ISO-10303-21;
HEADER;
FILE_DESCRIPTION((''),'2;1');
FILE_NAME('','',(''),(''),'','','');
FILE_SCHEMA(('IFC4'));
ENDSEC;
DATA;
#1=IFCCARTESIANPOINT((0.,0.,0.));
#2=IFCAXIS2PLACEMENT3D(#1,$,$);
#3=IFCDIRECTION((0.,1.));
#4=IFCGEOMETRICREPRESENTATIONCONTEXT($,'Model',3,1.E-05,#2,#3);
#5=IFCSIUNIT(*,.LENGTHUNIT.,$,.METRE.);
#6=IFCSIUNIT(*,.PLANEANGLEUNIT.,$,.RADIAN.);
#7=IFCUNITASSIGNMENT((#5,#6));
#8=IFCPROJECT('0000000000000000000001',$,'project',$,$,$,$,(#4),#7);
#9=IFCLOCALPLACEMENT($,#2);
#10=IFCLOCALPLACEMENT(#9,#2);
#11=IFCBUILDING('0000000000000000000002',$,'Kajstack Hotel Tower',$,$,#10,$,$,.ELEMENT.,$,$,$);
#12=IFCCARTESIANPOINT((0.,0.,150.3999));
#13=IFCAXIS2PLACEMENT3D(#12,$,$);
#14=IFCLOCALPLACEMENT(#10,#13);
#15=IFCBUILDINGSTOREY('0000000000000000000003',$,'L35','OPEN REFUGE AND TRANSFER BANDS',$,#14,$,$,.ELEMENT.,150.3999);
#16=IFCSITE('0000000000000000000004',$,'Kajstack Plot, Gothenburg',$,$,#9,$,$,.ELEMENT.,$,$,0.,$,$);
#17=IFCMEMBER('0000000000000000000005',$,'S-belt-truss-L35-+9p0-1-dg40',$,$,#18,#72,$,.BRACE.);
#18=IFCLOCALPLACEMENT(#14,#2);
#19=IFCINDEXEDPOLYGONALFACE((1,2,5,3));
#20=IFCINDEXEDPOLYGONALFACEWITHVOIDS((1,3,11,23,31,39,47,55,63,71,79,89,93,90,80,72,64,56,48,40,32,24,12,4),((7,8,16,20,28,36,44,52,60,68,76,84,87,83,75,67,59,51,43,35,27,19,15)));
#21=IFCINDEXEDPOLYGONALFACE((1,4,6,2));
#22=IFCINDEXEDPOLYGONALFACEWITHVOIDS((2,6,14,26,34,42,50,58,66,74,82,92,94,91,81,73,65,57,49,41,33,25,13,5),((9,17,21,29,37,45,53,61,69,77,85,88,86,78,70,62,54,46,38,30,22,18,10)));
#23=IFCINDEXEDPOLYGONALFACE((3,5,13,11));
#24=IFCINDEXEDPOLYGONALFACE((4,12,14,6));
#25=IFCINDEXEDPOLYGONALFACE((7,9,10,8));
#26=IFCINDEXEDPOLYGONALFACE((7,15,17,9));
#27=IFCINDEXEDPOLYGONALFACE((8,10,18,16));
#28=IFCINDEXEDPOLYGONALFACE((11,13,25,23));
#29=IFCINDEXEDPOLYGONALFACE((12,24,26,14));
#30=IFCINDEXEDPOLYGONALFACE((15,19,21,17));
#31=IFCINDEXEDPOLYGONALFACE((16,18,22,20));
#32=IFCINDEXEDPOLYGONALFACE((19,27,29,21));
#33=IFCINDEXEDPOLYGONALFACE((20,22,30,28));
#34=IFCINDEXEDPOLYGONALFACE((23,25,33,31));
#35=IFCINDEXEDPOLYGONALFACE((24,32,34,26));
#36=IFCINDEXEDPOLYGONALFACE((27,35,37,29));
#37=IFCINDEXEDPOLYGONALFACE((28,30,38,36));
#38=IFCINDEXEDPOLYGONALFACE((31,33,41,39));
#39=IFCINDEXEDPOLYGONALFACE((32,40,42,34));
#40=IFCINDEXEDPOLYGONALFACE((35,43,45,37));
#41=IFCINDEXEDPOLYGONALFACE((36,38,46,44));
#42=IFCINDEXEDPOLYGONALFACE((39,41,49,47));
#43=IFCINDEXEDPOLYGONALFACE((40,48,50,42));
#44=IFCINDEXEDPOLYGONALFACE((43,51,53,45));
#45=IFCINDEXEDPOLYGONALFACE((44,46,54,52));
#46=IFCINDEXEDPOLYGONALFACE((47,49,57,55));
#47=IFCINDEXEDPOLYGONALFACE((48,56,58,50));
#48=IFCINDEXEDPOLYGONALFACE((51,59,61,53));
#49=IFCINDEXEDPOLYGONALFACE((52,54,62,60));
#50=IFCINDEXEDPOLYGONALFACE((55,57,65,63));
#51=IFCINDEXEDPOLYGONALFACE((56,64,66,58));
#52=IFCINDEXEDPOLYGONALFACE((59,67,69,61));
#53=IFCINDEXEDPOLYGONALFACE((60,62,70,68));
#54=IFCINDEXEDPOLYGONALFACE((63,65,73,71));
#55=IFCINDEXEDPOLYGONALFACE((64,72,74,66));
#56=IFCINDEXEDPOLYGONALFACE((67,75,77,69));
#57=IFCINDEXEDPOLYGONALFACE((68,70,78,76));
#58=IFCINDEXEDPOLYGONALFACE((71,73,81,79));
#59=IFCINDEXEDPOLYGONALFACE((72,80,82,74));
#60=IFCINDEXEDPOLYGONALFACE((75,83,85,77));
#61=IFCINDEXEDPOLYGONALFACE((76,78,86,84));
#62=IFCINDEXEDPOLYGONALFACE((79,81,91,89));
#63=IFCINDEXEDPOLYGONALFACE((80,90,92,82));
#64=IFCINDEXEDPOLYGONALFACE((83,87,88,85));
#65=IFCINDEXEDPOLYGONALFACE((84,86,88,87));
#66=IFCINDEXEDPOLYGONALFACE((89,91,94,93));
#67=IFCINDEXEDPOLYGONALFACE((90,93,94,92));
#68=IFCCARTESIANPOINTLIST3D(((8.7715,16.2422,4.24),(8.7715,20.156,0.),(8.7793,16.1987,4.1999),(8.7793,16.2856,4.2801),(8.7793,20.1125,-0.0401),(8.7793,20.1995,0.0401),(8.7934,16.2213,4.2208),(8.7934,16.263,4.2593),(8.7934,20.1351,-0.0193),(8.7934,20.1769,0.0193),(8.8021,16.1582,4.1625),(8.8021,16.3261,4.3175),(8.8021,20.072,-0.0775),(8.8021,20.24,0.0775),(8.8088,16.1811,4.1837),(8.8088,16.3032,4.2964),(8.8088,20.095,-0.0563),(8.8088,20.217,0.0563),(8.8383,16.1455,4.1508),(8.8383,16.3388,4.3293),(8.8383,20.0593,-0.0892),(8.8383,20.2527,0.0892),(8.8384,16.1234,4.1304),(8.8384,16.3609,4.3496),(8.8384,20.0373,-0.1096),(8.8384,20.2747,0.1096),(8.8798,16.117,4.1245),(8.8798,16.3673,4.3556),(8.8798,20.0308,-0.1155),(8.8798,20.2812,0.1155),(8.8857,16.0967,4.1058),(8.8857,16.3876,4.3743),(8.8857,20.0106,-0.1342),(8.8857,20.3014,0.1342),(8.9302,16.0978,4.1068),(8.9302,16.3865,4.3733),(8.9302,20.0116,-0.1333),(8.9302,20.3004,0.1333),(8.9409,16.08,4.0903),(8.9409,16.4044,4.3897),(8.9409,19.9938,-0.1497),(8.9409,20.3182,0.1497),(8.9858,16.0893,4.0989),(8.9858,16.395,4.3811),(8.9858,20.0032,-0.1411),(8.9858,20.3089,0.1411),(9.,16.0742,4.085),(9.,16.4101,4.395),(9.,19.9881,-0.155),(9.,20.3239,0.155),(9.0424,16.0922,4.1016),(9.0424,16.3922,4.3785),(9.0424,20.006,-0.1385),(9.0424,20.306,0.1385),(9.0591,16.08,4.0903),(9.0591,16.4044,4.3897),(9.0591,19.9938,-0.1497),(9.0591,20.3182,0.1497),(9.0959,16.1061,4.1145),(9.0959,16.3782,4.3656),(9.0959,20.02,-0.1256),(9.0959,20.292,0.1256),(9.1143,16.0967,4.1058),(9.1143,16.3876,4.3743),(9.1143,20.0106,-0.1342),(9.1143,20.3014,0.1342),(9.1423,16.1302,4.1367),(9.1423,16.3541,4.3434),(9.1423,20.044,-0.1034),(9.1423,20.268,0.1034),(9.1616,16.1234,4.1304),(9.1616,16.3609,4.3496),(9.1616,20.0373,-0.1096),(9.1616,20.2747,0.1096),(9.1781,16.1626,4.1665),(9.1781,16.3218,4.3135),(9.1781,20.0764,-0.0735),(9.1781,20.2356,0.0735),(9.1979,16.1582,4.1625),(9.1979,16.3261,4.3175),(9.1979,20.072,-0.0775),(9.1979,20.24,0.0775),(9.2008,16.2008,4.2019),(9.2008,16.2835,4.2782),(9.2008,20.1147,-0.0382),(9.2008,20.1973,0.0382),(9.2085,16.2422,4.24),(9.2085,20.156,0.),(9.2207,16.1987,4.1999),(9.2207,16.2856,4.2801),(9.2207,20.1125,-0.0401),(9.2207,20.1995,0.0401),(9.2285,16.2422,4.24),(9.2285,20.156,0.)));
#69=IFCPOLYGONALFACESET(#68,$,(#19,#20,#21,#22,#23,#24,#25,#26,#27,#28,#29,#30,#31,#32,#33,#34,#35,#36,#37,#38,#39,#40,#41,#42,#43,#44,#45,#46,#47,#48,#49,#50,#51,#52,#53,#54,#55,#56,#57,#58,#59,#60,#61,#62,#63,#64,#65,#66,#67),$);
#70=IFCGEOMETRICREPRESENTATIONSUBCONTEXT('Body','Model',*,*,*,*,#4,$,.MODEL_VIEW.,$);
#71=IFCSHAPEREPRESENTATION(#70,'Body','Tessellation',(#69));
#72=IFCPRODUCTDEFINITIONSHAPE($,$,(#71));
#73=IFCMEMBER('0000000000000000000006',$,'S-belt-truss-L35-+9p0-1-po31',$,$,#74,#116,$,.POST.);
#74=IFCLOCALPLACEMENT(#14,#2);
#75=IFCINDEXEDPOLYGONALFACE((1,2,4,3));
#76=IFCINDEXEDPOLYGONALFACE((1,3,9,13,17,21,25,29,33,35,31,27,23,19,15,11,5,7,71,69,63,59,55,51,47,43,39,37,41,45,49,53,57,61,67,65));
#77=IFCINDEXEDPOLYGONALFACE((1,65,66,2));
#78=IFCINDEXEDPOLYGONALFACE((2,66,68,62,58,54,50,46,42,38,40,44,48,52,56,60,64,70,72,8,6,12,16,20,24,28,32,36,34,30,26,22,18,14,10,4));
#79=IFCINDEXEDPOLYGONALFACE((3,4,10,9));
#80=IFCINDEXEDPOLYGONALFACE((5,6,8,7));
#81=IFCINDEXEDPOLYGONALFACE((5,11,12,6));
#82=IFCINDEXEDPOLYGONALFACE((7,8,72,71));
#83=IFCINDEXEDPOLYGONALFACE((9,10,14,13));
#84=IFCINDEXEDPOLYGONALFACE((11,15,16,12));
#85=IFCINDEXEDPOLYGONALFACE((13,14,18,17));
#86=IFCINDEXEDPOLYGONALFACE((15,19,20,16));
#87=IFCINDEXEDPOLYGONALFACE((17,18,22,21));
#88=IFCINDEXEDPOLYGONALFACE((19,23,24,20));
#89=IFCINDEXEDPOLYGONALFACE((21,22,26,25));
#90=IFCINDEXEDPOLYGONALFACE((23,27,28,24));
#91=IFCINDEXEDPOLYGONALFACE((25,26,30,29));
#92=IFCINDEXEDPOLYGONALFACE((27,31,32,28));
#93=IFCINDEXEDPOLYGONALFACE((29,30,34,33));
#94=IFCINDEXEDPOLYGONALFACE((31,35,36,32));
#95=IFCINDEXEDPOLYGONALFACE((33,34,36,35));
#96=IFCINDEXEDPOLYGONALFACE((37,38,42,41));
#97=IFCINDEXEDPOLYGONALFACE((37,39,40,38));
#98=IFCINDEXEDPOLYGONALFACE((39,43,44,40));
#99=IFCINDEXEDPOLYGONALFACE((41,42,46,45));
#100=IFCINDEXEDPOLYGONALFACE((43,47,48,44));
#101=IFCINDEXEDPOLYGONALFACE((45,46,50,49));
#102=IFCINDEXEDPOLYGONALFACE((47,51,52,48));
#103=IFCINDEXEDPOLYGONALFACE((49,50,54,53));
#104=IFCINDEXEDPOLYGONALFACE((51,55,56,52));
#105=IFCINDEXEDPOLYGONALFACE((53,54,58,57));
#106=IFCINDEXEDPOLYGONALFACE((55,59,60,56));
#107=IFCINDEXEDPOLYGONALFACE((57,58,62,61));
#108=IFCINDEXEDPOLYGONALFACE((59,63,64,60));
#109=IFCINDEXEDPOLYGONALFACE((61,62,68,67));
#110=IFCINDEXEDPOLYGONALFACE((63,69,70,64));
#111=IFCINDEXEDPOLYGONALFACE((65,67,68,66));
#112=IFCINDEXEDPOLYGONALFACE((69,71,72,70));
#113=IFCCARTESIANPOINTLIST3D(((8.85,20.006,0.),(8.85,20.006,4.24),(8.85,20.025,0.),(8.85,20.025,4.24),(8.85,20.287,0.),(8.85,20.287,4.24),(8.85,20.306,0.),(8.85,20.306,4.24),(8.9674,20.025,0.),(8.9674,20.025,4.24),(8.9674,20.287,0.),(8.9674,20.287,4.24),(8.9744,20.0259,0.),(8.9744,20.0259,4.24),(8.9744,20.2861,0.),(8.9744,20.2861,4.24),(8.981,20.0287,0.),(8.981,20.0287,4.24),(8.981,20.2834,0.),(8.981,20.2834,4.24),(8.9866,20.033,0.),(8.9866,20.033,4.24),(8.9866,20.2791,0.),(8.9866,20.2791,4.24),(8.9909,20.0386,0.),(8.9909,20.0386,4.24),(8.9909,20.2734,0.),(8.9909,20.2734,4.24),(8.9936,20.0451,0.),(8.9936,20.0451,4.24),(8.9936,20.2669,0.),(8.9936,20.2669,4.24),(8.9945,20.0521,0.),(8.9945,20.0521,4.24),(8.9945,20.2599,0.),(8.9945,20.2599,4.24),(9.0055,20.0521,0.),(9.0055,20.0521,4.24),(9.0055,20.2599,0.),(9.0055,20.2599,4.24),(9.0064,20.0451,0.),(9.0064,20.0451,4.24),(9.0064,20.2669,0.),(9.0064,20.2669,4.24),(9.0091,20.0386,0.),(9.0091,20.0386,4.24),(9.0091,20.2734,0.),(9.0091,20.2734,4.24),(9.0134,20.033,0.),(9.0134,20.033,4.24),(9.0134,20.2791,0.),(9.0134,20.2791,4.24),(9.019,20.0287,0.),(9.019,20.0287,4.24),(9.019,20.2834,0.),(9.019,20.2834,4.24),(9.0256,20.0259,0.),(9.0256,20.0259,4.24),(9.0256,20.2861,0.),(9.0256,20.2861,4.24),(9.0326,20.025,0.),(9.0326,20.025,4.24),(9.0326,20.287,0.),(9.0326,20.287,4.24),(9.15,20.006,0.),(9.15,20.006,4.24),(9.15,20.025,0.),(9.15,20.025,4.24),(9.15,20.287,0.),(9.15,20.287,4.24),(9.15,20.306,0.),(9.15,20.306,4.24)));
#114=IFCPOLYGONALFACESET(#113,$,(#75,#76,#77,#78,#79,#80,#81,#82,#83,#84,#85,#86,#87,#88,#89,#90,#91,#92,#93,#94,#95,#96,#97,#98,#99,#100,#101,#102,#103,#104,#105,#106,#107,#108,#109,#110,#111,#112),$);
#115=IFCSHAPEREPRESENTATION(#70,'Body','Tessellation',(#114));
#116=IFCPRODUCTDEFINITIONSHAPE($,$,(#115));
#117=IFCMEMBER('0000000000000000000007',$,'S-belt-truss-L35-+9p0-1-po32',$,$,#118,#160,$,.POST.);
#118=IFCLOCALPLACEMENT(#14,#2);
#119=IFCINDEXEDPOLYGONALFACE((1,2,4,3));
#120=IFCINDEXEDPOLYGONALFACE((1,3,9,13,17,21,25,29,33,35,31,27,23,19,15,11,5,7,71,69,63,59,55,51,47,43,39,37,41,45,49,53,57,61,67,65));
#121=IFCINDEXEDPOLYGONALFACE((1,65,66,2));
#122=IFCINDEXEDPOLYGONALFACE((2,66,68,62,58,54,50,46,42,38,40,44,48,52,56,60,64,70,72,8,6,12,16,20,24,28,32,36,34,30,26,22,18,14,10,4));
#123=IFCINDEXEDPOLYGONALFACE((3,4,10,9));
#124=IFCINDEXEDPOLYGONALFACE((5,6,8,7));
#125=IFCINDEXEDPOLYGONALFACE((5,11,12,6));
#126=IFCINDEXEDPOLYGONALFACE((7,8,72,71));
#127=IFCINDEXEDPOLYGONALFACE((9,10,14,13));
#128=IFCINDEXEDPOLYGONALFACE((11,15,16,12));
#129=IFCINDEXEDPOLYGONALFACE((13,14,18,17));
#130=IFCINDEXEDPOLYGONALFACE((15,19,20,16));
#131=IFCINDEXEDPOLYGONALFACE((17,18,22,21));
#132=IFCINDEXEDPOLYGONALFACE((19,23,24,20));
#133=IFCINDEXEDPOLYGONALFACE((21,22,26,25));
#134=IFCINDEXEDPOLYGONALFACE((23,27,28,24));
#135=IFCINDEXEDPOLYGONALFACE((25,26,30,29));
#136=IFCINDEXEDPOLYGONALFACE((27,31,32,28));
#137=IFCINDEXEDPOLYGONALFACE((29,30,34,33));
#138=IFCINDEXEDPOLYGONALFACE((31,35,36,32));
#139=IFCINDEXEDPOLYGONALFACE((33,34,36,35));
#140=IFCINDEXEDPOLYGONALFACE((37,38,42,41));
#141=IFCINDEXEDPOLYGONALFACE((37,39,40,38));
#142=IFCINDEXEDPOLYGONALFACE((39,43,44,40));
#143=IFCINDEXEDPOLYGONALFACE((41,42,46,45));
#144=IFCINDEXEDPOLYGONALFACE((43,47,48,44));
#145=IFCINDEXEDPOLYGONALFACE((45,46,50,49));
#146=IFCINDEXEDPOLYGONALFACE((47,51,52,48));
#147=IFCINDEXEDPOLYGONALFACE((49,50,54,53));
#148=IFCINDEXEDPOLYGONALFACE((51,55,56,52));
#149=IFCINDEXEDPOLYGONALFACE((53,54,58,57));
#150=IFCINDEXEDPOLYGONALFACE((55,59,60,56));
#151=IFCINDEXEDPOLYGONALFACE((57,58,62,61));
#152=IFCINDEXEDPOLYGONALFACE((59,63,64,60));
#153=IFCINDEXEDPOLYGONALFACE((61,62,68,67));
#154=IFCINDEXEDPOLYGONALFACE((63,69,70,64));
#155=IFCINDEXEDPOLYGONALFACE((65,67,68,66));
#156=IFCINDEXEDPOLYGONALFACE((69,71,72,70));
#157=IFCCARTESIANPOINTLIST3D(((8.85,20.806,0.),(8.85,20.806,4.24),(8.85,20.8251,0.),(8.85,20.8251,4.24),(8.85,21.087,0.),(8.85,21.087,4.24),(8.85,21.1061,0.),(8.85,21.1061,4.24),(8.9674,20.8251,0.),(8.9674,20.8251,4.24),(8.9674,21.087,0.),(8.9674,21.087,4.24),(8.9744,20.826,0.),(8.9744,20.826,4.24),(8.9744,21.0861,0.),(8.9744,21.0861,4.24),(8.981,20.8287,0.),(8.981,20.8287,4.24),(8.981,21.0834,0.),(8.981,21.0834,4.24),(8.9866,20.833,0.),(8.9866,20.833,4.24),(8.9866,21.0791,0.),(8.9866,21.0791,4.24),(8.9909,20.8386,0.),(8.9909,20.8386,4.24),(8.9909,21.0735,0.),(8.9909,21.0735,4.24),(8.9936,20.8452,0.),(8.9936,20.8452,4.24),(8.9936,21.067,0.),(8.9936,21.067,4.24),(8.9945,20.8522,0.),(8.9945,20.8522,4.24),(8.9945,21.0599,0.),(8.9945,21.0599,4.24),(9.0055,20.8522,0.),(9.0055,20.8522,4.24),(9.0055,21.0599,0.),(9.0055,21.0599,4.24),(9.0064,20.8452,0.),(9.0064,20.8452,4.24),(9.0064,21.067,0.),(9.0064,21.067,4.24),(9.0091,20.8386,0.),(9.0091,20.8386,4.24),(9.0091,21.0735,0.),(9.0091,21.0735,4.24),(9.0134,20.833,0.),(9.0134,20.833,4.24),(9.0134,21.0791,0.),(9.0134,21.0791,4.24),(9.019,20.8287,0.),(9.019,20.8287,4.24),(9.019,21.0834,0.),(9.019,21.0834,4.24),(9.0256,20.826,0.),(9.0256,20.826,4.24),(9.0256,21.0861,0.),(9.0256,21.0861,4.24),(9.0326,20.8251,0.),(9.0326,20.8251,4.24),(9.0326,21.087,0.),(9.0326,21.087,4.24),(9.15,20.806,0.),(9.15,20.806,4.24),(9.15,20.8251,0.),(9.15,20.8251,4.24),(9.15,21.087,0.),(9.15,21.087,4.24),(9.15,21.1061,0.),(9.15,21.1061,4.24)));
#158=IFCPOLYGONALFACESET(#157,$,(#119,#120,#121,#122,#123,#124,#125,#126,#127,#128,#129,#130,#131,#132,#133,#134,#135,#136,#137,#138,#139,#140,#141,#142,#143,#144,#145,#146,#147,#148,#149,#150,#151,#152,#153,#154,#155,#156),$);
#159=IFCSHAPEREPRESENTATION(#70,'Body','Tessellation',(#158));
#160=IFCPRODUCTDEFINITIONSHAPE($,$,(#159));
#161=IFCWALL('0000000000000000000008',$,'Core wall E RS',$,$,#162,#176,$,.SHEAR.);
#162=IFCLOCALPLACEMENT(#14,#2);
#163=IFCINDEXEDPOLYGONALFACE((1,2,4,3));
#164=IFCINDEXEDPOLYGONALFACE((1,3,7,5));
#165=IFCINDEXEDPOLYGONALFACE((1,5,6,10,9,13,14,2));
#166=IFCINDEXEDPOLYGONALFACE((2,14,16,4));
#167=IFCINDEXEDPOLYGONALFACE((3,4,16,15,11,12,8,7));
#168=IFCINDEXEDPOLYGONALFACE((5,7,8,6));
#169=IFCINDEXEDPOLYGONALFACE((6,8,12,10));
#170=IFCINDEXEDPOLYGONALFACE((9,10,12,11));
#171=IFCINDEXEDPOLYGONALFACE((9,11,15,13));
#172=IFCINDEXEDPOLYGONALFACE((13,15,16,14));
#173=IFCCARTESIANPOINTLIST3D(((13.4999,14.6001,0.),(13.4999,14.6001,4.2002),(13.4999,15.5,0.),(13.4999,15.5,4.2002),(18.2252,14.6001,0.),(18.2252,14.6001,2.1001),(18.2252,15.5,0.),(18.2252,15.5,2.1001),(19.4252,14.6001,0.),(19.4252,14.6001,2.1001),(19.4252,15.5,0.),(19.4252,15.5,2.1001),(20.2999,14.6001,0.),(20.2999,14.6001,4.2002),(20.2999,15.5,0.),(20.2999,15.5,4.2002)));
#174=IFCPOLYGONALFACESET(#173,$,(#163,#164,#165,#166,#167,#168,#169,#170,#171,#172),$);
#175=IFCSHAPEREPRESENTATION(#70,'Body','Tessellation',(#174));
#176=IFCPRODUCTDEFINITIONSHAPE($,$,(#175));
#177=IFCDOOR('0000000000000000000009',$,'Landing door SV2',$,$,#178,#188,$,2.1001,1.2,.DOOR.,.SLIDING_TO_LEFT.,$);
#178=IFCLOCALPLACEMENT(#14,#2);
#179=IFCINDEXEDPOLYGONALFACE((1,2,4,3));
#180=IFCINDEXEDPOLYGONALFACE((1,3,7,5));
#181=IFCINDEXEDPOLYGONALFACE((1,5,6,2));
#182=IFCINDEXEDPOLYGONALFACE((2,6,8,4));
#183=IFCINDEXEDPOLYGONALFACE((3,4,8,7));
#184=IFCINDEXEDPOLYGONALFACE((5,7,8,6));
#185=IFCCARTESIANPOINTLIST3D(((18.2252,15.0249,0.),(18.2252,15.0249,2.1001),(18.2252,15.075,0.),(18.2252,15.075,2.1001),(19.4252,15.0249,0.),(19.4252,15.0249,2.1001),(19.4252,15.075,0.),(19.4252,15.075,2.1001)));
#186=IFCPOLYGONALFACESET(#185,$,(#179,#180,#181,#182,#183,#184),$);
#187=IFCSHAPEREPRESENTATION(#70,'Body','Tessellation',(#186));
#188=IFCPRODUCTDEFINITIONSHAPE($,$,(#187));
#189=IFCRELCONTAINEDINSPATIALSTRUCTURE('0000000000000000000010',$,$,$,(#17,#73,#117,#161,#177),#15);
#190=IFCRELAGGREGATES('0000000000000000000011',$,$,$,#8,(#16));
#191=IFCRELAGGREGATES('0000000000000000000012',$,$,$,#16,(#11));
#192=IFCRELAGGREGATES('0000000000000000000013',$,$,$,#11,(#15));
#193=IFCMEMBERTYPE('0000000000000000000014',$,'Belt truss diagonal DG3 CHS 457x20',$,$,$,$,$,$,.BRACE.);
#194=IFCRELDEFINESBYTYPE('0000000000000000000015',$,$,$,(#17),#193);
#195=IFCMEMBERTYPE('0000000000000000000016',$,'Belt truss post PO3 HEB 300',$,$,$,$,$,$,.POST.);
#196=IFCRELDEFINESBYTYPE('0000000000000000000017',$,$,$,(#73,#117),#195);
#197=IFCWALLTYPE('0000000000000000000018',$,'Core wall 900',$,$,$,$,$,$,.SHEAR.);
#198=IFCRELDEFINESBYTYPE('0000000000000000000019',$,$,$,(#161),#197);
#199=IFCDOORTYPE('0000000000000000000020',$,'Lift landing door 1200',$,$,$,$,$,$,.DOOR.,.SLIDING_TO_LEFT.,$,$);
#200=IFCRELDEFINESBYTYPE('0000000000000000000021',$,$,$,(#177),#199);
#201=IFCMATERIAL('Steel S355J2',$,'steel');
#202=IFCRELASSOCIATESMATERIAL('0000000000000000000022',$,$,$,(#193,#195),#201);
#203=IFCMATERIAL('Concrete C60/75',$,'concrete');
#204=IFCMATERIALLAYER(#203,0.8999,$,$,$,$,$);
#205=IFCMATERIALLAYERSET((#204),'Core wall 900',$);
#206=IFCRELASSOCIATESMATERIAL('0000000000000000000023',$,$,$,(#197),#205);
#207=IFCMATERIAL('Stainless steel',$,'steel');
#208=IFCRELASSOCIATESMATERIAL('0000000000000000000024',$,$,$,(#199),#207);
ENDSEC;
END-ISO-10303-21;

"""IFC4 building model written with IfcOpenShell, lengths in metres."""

from ifc_helpers import new_model, si_unit, direction, frame, frame_2d, origin, origin_2d, place, context, subcontext, project, spatial, rectangle, hollow_circle, i_section, extrude, material, layer, layer_set, material_profile, profile_set, type_object, element, fill, save


model = new_model("IFC4")

# Units and contexts
model_context = context("Model", 3, precision=1e-05, world=origin(), true_north=direction((0.0, 1.0)))
body_context = subcontext(model_context, "Body", "Model", "MODEL_VIEW")
ifc_project = project(units=[si_unit("LENGTHUNIT", "METRE"), si_unit("PLANEANGLEUNIT", "RADIAN")], contexts=[model_context])

# Site, building, storey
site_placement = place(None, origin())
site = spatial("IfcSite", under=ifc_project, at=site_placement, Name="Kajstack Plot, Gothenburg", CompositionType="ELEMENT", RefElevation=0.0)
building_placement = place(site_placement, origin())
building = spatial("IfcBuilding", under=site, at=building_placement, Name="Kajstack Hotel Tower", CompositionType="ELEMENT")
storey_placement = place(building_placement, frame((0.0, 0.0, 150.3999)))
storey = spatial("IfcBuildingStorey", under=building, at=storey_placement, Name="L35", Description="OPEN REFUGE AND TRANSFER BANDS", CompositionType="ELEMENT", Elevation=150.3999)

# Members
ifc_material_1 = material(Name="Steel S355J2", Category="steel")
ifc_material_profile_1 = material_profile(ifc_material_1, hollow_circle(Radius=0.2285, WallThickness=0.02, at=origin_2d()), Name="CHS 457x20")
ifc_profile_set_1 = profile_set([ifc_material_profile_1], Name="Steel S355J2")
member_type_1 = type_object("IfcMemberType", Name="Belt truss diagonal DG3 CHS 457x20", PredefinedType="BRACE", material=ifc_profile_set_1)
member_placement = place(storey_placement, frame((9.0, 20.156, 0.0), z_axis=(0.0, -0.678278, 0.734805), x_axis=(1.0, 0.0, 0.0)))
element("IfcMember", 1, at=member_placement, inside=storey, type_object=member_type_1, Name="S-belt-truss-L35-+9p0-1-dg40", PredefinedType="BRACE", context=body_context, shape_type="SweptSolid", body=[
    extrude(hollow_circle(Radius=0.2285, WallThickness=0.02, at=origin_2d()), origin(), (0.0, 0.0, 1.0), 5.7703),
])
ifc_material_profile_2 = material_profile(ifc_material_1, i_section(OverallWidth=0.3, OverallDepth=0.3, WebThickness=0.011, FlangeThickness=0.019, FilletRadius=0.0271, at=origin_2d()), Name="HEB 300")
ifc_profile_set_2 = profile_set([ifc_material_profile_2], Name="Steel S355J2")
member_type_2 = type_object("IfcMemberType", Name="Belt truss post PO3 HEB 300", PredefinedType="POST", material=ifc_profile_set_2)
for number, where, z_axis, x_axis, name in (
    (2, (9.0, 20.156, 0.0), (0.0, 0.0, 1.0), (1.0, 0.0, 0.0), "S-belt-truss-L35-+9p0-1-po31"),
    (3, (9.0, 20.9561, 0.0), (0.0, 0.0, 1.0), (1.0, 0.0, 0.0), "S-belt-truss-L35-+9p0-1-po32"),
):
    element("IfcMember", number, at=place(storey_placement, frame(where, z_axis=z_axis, x_axis=x_axis)), inside=storey, type_object=member_type_2, Name=name, PredefinedType="POST", context=body_context, shape_type="SweptSolid", body=[
        extrude(i_section(OverallWidth=0.3, OverallDepth=0.3, WebThickness=0.011, FlangeThickness=0.019, FilletRadius=0.0271, at=origin_2d()), origin(), (0.0, 0.0, 1.0), 4.24),
    ])

# Wall, opening, door
ifc_material_2 = material(Name="Concrete C60/75", Category="concrete")
ifc_layer_1 = layer(ifc_material_2, 0.8999)
ifc_layer_set_1 = layer_set([ifc_layer_1], Name="Core wall 900")
wall_type_1 = type_object("IfcWallType", Name="Core wall 900", PredefinedType="SHEAR", material=ifc_layer_set_1)
wall_1_placement = place(storey_placement, frame((13.5, 15.05, 0.0), z_axis=(0.0, 0.0, 1.0), x_axis=(1.0, 0.0, 0.0)))
wall_1 = element("IfcWall", 4, at=wall_1_placement, inside=storey, type_object=wall_type_1, Name="Core wall E RS", PredefinedType="SHEAR", context=body_context, shape_type="SweptSolid", body=[
    extrude(rectangle(XDim=6.8, YDim=0.8999, at=frame_2d((3.3999, 0.0))), origin(), (0.0, 0.0, 1.0), 4.2002),
])
opening_1_placement = place(wall_1_placement, frame((4.7251, 0.0, 0.0)))
opening_1 = element("IfcOpeningElement", 5, at=opening_1_placement, cuts=wall_1, PredefinedType="OPENING", context=body_context, shape_type="SweptSolid", body=[
    extrude(rectangle(XDim=1.2, YDim=2.1001, at=frame_2d((0.6001, 1.05))), frame((0.0, 0.46, 0.0), z_axis=(0.0, -1.0, 0.0), x_axis=(1.0, 0.0, 0.0)), (0.0, 0.0, 1.0), 0.9199),
])
ifc_material_3 = material(Name="Stainless steel", Category="steel")
door_type_1 = type_object("IfcDoorType", Name="Lift landing door 1200", OperationType="SLIDING_TO_LEFT", PredefinedType="DOOR", material=ifc_material_3)
door_1_placement = place(opening_1_placement, origin())
door_1 = element("IfcDoor", 6, at=door_1_placement, inside=storey, type_object=door_type_1, Name="Landing door SV2", OperationType="SLIDING_TO_LEFT", OverallHeight=2.1001, OverallWidth=1.2, PredefinedType="DOOR", context=body_context, shape_type="SweptSolid", body=[
    extrude(rectangle(XDim=1.2, YDim=2.1001, at=frame_2d((0.6001, 1.05))), frame((0.0, 0.0249, 0.0), z_axis=(0.0, -1.0, 0.0), x_axis=(1.0, 0.0, 0.0)), (0.0, 0.0, 1.0), 0.05),
])
fill(opening_1, door_1)

save(model, "model.ifc")
